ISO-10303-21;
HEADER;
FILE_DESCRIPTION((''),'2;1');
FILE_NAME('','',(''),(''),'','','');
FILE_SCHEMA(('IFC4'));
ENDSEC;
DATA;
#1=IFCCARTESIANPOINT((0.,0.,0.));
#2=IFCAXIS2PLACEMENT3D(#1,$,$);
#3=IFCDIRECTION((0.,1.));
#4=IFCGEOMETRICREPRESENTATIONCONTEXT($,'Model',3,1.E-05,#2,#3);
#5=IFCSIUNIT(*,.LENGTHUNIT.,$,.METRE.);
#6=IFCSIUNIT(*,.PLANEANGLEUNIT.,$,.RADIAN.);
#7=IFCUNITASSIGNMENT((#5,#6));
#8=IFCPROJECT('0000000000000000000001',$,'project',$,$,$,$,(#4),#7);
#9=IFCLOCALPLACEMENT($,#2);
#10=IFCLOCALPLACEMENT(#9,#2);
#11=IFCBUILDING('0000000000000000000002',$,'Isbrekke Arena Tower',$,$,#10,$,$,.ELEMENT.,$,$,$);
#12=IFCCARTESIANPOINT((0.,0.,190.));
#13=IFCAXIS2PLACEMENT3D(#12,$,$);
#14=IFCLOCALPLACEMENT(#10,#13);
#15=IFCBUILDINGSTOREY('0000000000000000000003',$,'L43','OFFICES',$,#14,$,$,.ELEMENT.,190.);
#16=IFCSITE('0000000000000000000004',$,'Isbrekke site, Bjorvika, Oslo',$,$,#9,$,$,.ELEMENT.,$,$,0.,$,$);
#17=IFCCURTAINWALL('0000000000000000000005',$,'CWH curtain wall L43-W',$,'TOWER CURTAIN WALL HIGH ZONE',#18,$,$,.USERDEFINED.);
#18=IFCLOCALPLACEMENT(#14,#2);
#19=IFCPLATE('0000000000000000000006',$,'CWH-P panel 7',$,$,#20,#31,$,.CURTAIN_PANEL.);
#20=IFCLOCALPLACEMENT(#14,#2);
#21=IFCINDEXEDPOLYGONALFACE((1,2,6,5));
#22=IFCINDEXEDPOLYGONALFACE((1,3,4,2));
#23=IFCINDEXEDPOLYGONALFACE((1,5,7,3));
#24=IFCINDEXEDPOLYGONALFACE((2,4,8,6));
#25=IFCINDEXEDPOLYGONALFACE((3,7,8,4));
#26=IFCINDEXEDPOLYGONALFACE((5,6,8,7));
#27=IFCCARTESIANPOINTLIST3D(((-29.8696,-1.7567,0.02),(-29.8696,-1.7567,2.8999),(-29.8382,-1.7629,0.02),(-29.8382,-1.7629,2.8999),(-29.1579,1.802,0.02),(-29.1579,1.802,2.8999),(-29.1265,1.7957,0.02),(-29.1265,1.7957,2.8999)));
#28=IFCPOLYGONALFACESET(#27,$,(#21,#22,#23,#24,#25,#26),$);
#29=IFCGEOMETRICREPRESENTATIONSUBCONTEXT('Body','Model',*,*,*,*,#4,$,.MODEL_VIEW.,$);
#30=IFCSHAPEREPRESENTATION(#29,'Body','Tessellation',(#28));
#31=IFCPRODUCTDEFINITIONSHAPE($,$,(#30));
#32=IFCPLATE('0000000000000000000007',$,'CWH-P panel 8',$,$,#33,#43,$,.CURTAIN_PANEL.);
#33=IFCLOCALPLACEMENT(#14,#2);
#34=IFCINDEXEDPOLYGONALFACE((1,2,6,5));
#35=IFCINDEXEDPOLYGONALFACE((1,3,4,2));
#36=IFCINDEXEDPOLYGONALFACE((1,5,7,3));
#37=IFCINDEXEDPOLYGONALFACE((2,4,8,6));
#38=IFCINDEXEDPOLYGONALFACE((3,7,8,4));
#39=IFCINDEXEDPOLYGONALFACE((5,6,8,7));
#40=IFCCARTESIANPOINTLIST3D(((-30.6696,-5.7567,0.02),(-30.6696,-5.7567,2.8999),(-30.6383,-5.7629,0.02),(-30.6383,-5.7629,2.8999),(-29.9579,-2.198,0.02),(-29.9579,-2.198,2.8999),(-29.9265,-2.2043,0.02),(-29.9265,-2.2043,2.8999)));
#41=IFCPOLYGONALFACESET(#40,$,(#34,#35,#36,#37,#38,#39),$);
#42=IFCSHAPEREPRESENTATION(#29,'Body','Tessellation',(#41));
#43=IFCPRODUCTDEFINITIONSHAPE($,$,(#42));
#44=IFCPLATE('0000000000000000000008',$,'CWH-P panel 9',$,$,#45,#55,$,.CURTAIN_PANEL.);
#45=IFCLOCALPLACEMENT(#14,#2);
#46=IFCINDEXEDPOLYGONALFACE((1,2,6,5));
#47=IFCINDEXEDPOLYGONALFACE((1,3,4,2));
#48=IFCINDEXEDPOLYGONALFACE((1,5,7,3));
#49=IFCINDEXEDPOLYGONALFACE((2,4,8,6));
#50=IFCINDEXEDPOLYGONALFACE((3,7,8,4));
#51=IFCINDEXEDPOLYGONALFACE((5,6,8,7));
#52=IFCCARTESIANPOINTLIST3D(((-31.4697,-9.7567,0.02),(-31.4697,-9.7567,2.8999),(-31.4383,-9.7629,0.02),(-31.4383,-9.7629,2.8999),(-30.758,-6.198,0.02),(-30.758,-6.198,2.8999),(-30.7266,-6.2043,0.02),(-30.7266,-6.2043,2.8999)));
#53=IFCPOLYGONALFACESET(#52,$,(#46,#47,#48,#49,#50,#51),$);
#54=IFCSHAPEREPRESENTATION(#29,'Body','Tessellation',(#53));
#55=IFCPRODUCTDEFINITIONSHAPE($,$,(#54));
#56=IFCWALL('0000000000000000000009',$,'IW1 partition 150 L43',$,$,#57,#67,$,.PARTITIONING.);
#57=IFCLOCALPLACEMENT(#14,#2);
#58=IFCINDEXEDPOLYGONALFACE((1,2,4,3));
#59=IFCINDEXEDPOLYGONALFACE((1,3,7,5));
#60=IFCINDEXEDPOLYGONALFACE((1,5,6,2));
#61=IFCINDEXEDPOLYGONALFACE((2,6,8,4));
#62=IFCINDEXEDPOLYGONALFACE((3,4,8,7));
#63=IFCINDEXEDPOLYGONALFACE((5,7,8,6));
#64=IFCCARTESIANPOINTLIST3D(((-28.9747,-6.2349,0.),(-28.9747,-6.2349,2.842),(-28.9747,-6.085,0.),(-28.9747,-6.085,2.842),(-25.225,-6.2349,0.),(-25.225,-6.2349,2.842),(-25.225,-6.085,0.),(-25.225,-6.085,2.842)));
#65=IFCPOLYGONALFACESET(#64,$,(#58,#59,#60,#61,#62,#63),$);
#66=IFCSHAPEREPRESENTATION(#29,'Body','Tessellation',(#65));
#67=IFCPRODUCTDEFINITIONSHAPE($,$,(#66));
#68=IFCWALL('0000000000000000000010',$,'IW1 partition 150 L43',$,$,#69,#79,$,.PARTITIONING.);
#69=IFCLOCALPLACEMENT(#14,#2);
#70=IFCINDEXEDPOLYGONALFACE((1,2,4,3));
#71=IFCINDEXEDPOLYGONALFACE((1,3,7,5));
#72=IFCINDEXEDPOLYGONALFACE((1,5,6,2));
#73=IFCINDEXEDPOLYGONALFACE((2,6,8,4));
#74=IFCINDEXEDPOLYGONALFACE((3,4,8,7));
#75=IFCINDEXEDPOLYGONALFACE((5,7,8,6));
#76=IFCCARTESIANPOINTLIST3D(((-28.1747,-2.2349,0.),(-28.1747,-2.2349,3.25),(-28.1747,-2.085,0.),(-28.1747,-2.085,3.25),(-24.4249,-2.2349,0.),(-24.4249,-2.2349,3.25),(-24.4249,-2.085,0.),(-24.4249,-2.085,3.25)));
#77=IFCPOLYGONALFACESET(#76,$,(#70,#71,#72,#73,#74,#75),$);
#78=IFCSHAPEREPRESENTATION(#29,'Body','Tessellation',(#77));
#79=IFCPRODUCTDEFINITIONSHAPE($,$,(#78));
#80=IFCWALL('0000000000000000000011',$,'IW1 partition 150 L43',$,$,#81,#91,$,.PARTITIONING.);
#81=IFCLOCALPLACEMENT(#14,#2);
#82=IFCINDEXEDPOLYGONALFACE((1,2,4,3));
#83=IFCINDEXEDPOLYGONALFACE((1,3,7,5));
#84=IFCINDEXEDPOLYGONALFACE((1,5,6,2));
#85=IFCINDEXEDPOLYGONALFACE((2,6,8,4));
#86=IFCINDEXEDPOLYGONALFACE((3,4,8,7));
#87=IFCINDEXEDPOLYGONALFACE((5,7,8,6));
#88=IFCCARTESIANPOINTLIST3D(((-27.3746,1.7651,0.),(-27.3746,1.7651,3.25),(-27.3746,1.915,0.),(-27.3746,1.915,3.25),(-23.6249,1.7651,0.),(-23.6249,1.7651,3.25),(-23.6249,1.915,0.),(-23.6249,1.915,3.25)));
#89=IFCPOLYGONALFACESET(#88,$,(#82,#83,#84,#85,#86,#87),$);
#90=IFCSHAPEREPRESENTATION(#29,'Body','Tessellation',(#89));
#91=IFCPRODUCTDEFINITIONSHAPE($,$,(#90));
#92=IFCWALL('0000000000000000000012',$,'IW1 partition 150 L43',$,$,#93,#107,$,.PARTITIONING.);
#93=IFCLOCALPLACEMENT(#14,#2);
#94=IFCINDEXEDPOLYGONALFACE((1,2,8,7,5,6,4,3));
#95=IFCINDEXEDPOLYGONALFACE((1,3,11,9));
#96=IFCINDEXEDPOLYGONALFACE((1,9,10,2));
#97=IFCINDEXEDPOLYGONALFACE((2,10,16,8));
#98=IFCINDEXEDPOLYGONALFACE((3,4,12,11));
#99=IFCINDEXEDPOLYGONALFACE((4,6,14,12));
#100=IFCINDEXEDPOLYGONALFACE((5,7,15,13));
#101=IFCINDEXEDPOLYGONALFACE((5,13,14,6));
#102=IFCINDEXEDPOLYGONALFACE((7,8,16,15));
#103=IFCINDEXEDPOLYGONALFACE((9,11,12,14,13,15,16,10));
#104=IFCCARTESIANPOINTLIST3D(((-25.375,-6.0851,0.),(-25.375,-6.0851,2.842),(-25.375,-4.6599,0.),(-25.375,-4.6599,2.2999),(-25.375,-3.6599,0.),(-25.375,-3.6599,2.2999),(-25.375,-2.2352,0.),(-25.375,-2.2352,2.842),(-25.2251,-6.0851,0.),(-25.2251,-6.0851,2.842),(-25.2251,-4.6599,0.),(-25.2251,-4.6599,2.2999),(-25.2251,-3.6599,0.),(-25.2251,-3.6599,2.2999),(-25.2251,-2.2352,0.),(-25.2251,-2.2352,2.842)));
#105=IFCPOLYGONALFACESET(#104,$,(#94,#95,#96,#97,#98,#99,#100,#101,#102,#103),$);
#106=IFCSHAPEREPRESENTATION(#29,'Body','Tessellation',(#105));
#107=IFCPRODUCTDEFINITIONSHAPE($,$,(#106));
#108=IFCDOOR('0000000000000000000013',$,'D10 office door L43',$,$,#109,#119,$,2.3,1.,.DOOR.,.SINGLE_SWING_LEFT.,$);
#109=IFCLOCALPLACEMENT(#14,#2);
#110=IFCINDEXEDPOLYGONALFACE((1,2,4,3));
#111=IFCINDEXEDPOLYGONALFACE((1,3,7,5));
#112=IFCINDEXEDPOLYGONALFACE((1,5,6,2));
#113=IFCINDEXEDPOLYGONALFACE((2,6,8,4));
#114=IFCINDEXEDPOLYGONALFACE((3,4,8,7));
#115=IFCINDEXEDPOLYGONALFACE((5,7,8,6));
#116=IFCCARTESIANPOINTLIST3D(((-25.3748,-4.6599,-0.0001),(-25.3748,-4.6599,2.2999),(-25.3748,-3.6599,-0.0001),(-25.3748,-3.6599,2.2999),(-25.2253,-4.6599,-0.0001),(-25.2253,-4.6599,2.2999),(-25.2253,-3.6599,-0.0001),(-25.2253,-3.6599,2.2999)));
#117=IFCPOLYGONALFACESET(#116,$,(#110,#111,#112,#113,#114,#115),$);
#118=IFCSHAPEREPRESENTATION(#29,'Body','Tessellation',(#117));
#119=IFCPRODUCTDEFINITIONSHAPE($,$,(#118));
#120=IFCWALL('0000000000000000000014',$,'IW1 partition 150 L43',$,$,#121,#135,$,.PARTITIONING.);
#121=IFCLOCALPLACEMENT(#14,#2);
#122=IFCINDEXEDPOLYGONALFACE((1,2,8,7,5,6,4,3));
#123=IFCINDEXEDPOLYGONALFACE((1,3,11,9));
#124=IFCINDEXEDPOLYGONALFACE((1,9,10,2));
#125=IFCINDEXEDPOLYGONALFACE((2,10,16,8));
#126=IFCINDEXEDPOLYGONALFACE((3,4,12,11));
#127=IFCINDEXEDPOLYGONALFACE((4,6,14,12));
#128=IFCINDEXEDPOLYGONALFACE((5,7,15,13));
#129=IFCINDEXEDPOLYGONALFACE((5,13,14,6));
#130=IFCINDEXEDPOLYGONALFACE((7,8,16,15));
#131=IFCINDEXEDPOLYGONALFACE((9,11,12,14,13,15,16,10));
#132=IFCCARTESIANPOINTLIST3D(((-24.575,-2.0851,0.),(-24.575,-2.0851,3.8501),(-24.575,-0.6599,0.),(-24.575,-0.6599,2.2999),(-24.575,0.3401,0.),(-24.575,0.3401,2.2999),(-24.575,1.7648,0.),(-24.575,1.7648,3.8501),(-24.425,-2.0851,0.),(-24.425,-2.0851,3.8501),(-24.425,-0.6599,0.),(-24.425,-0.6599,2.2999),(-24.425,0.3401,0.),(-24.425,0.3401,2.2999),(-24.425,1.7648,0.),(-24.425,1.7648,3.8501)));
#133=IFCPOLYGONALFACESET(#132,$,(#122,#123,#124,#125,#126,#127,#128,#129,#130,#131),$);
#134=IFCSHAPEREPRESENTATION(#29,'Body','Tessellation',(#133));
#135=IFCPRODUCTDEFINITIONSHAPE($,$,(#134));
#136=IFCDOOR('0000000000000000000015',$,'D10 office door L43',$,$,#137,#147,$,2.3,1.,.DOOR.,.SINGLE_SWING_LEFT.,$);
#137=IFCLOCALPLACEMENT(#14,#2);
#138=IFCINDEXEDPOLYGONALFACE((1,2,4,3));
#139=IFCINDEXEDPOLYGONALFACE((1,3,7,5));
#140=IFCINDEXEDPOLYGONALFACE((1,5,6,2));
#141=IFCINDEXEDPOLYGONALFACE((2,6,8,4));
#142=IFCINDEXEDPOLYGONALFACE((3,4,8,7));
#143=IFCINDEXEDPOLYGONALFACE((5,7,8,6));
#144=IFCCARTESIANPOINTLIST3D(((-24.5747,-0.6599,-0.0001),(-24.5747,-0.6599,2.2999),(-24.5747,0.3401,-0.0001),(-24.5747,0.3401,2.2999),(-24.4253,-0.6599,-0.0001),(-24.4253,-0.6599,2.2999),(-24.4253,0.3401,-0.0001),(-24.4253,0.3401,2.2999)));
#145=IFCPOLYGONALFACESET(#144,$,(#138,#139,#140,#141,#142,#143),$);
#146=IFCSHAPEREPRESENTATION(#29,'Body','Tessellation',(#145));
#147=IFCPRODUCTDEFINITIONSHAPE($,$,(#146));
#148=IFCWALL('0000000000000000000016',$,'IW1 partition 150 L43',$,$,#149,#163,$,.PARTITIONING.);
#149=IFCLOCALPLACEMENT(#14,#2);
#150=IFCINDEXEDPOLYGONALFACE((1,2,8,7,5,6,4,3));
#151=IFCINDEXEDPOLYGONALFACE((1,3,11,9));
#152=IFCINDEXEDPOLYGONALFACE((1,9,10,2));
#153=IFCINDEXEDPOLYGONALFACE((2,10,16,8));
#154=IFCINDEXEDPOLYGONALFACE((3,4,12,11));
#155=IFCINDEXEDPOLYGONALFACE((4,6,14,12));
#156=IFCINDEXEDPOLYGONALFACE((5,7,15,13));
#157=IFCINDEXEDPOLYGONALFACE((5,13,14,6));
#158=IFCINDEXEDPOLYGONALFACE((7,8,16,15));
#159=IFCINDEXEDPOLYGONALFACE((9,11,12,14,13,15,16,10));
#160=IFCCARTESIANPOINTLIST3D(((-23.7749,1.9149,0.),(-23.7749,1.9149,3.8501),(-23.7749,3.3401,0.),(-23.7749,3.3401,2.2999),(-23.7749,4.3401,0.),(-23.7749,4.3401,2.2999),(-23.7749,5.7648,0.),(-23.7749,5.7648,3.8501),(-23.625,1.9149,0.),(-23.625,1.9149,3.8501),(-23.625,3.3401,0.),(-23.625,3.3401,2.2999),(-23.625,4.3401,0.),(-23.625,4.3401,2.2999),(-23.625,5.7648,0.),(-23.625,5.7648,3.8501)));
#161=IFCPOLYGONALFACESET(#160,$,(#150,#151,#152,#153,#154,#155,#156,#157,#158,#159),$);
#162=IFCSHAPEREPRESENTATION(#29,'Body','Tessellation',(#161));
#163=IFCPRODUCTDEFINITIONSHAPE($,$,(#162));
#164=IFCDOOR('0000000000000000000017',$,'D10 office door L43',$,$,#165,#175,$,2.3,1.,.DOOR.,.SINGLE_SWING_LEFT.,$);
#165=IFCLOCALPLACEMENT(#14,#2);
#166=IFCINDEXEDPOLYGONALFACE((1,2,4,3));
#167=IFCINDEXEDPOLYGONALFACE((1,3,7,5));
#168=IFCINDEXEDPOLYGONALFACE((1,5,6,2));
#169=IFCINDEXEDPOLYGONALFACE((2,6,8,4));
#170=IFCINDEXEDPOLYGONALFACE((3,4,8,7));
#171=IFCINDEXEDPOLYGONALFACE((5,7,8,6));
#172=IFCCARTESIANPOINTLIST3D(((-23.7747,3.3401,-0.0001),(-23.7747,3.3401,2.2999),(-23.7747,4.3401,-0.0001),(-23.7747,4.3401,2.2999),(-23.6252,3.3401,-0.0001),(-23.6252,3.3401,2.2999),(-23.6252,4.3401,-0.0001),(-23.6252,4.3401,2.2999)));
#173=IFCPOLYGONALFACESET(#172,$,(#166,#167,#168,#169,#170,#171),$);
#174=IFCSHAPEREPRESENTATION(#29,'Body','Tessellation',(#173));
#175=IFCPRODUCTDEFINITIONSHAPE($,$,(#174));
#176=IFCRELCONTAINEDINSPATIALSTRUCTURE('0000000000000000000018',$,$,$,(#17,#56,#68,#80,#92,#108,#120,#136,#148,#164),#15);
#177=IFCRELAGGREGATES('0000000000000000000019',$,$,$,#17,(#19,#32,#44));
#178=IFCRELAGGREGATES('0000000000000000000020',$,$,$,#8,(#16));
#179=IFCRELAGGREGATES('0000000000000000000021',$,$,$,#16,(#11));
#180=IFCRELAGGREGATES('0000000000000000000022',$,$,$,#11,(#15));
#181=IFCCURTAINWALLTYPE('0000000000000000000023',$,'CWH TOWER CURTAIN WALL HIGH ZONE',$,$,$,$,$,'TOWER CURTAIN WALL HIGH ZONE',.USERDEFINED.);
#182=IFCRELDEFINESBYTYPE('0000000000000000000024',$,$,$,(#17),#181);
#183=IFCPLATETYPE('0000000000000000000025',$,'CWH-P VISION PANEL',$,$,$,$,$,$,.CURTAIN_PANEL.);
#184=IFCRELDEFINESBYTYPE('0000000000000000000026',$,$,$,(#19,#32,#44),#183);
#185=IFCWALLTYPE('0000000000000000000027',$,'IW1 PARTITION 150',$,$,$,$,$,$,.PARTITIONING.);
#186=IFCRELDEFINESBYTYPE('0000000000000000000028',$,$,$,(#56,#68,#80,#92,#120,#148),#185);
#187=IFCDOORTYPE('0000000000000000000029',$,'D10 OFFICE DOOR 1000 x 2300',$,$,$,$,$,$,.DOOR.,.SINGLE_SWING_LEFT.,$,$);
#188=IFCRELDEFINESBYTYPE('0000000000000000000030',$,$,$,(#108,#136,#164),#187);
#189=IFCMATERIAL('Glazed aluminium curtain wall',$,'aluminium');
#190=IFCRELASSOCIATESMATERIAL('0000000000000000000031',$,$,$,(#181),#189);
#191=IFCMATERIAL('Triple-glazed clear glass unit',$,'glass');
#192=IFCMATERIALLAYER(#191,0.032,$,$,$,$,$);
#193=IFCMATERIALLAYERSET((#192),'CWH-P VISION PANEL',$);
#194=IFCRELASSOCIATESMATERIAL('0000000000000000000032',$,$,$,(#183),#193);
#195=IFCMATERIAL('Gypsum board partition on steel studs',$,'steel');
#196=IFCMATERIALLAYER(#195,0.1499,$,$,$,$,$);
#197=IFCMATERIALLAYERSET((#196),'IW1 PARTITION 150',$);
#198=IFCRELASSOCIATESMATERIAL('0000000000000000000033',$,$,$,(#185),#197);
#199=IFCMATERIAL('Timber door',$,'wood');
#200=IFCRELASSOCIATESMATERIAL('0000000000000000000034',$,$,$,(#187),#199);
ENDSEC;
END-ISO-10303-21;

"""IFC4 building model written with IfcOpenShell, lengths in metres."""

from ifc_helpers import new_model, si_unit, direction, frame, frame_2d, origin, origin_2d, place, context, subcontext, project, spatial, rectangle, extrude, material, layer, layer_set, type_object, element, fill, aggregate, save


model = new_model("IFC4")

# Units and contexts
model_context = context("Model", 3, precision=1e-05, world=origin(), true_north=direction((0.0, 1.0)))
body_context = subcontext(model_context, "Body", "Model", "MODEL_VIEW")
ifc_project = project(units=[si_unit("LENGTHUNIT", "METRE"), si_unit("PLANEANGLEUNIT", "RADIAN")], contexts=[model_context])

# Site, building, storey
site_placement = place(None, origin())
site = spatial("IfcSite", under=ifc_project, at=site_placement, Name="Isbrekke site, Bjorvika, Oslo", CompositionType="ELEMENT", RefElevation=0.0)
building_placement = place(site_placement, origin())
building = spatial("IfcBuilding", under=site, at=building_placement, Name="Isbrekke Arena Tower", CompositionType="ELEMENT")
storey_placement = place(building_placement, frame((0.0, 0.0, 190.0)))
storey = spatial("IfcBuildingStorey", under=building, at=storey_placement, Name="L43", Description="OFFICES", CompositionType="ELEMENT", Elevation=190.0)

# Curtain wall
ifc_material_1 = material(Name="Glazed aluminium curtain wall", Category="aluminium")
curtain_wall_type = type_object("IfcCurtainWallType", Name="CWH TOWER CURTAIN WALL HIGH ZONE", ElementType="TOWER CURTAIN WALL HIGH ZONE", PredefinedType="USERDEFINED", material=ifc_material_1)
curtain_wall_placement = place(storey_placement, origin())
curtain_wall = element("IfcCurtainWall", 1, at=curtain_wall_placement, inside=storey, type_object=curtain_wall_type, Name="CWH curtain wall L43-W", ObjectType="TOWER CURTAIN WALL HIGH ZONE", PredefinedType="USERDEFINED")

# Plates
ifc_material_2 = material(Name="Triple-glazed clear glass unit", Category="glass")
ifc_layer_1 = layer(ifc_material_2, 0.032)
ifc_layer_set_1 = layer_set([ifc_layer_1], Name="CWH-P VISION PANEL")
plate_type = type_object("IfcPlateType", Name="CWH-P VISION PANEL", PredefinedType="CURTAIN_PANEL", material=ifc_layer_set_1)
plate_1_placement = place(storey_placement, frame((-29.498, 0.0195, 0.02), z_axis=(0.0, 0.0, 1.0), x_axis=(-0.196116, -0.980581, 0.0)))
plate_1 = element("IfcPlate", 2, at=plate_1_placement, type_object=plate_type, Name="CWH-P panel 7", PredefinedType="CURTAIN_PANEL", context=body_context, shape_type="SweptSolid", body=[
    extrude(rectangle(XDim=3.6292, YDim=0.032, at=origin_2d()), origin(), (0.0, 0.0, 1.0), 2.8799),
])
plate_2_placement = place(storey_placement, frame((-30.2981, -3.9805, 0.02), z_axis=(0.0, 0.0, 1.0), x_axis=(-0.196116, -0.980581, 0.0)))
plate_2 = element("IfcPlate", 3, at=plate_2_placement, type_object=plate_type, Name="CWH-P panel 8", PredefinedType="CURTAIN_PANEL", context=body_context, shape_type="SweptSolid", body=[
    extrude(rectangle(XDim=3.6292, YDim=0.032, at=origin_2d()), origin(), (0.0, 0.0, 1.0), 2.8799),
])
plate_3_placement = place(storey_placement, frame((-31.0981, -7.9805, 0.02), z_axis=(0.0, 0.0, 1.0), x_axis=(-0.196116, -0.980581, 0.0)))
plate_3 = element("IfcPlate", 4, at=plate_3_placement, type_object=plate_type, Name="CWH-P panel 9", PredefinedType="CURTAIN_PANEL", context=body_context, shape_type="SweptSolid", body=[
    extrude(rectangle(XDim=3.6292, YDim=0.032, at=origin_2d()), origin(), (0.0, 0.0, 1.0), 2.8799),
])
aggregate(curtain_wall, [plate_1, plate_2, plate_3])

# Walls
ifc_material_3 = material(Name="Gypsum board partition on steel studs", Category="steel")
ifc_layer_2 = layer(ifc_material_3, 0.1499)
ifc_layer_set_2 = layer_set([ifc_layer_2], Name="IW1 PARTITION 150")
wall_type = type_object("IfcWallType", Name="IW1 PARTITION 150", PredefinedType="PARTITIONING", material=ifc_layer_set_2)
wall_1_placement = place(storey_placement, frame((-28.9749, -6.1599, 0.0), z_axis=(0.0, 0.0, 1.0), x_axis=(1.0, 0.0, 0.0)))
element("IfcWall", 5, at=wall_1_placement, inside=storey, type_object=wall_type, Name="IW1 partition 150 L43", PredefinedType="PARTITIONING", context=body_context, shape_type="SweptSolid", body=[
    extrude(rectangle(XDim=3.7498, YDim=0.1499, at=frame_2d((1.875, 0.0))), origin(), (0.0, 0.0, 1.0), 2.842),
])
for number, where, z_axis, x_axis, name in (
    (6, (-28.1748, -2.1599, 0.0), (0.0, 0.0, 1.0), (1.0, 0.0, 0.0), "IW1 partition 150 L43"),
    (7, (-27.3748, 1.8401, 0.0), (0.0, 0.0, 1.0), (1.0, 0.0, 0.0), "IW1 partition 150 L43"),
):
    element("IfcWall", number, at=place(storey_placement, frame(where, z_axis=z_axis, x_axis=x_axis)), inside=storey, type_object=wall_type, Name=name, PredefinedType="PARTITIONING", context=body_context, shape_type="SweptSolid", body=[
        extrude(rectangle(XDim=3.7498, YDim=0.1499, at=frame_2d((1.875, 0.0))), origin(), (0.0, 0.0, 1.0), 3.25),
    ])

# Walls, openings, doors
wall_2_placement = place(storey_placement, frame((-25.3, -6.085, 0.0), z_axis=(0.0, 0.0, 1.0), x_axis=(0.0, 1.0, 0.0)))
wall_2 = element("IfcWall", 8, at=wall_2_placement, inside=storey, type_object=wall_type, Name="IW1 partition 150 L43", PredefinedType="PARTITIONING", context=body_context, shape_type="SweptSolid", body=[
    extrude(rectangle(XDim=3.8499, YDim=0.1499, at=frame_2d((1.9248, 0.0))), origin(), (0.0, 0.0, 1.0), 2.842),
])
opening_1_placement = place(wall_2_placement, frame((1.425, 0.0, 0.0)))
opening_1 = element("IfcOpeningElement", 9, at=opening_1_placement, cuts=wall_2, PredefinedType="OPENING", context=body_context, shape_type="SweptSolid", body=[
    extrude(rectangle(XDim=1.0, YDim=2.3, at=frame_2d((0.5, 1.1499))), frame((0.0, 0.0898, 0.0), z_axis=(0.0, -1.0, 0.0), x_axis=(1.0, 0.0, 0.0)), (0.0, 0.0, 1.0), 0.1797),
])
ifc_material_4 = material(Name="Timber door", Category="wood")
door_type = type_object("IfcDoorType", Name="D10 OFFICE DOOR 1000 x 2300", OperationType="SINGLE_SWING_LEFT", PredefinedType="DOOR", material=ifc_material_4)
door_1_placement = place(opening_1_placement, origin())
door_1 = element("IfcDoor", 10, at=door_1_placement, inside=storey, type_object=door_type, Name="D10 office door L43", OperationType="SINGLE_SWING_LEFT", OverallHeight=2.3, OverallWidth=1.0, PredefinedType="DOOR", context=body_context, shape_type="SweptSolid", body=[
    extrude(rectangle(XDim=1.0, YDim=2.3, at=frame_2d((0.5, 1.1499))), frame((0.0, 0.0747, 0.0), z_axis=(0.0, -1.0, 0.0), x_axis=(1.0, 0.0, 0.0)), (0.0, 0.0, 1.0), 0.1494),
])
fill(opening_1, door_1)
wall_3_placement = place(storey_placement, frame((-24.5, -2.085, 0.0), z_axis=(0.0, 0.0, 1.0), x_axis=(0.0, 1.0, 0.0)))
wall_3 = element("IfcWall", 11, at=wall_3_placement, inside=storey, type_object=wall_type, Name="IW1 partition 150 L43", PredefinedType="PARTITIONING", context=body_context, shape_type="SweptSolid", body=[
    extrude(rectangle(XDim=3.8499, YDim=0.1499, at=frame_2d((1.9248, 0.0))), origin(), (0.0, 0.0, 1.0), 3.8501),
])
opening_2_placement = place(wall_3_placement, frame((1.425, 0.0, 0.0)))
opening_2 = element("IfcOpeningElement", 12, at=opening_2_placement, cuts=wall_3, PredefinedType="OPENING", context=body_context, shape_type="SweptSolid", body=[
    extrude(rectangle(XDim=1.0, YDim=2.3, at=frame_2d((0.5, 1.1499))), frame((0.0, 0.0898, 0.0), z_axis=(0.0, -1.0, 0.0), x_axis=(1.0, 0.0, 0.0)), (0.0, 0.0, 1.0), 0.1797),
])
door_2_placement = place(opening_2_placement, origin())
door_2 = element("IfcDoor", 13, at=door_2_placement, inside=storey, type_object=door_type, Name="D10 office door L43", OperationType="SINGLE_SWING_LEFT", OverallHeight=2.3, OverallWidth=1.0, PredefinedType="DOOR", context=body_context, shape_type="SweptSolid", body=[
    extrude(rectangle(XDim=1.0, YDim=2.3, at=frame_2d((0.5, 1.1499))), frame((0.0, 0.0747, 0.0), z_axis=(0.0, -1.0, 0.0), x_axis=(1.0, 0.0, 0.0)), (0.0, 0.0, 1.0), 0.1494),
])
fill(opening_2, door_2)
wall_4_placement = place(storey_placement, frame((-23.7, 1.915, 0.0), z_axis=(0.0, 0.0, 1.0), x_axis=(0.0, 1.0, 0.0)))
wall_4 = element("IfcWall", 14, at=wall_4_placement, inside=storey, type_object=wall_type, Name="IW1 partition 150 L43", PredefinedType="PARTITIONING", context=body_context, shape_type="SweptSolid", body=[
    extrude(rectangle(XDim=3.8499, YDim=0.1499, at=frame_2d((1.9248, 0.0))), origin(), (0.0, 0.0, 1.0), 3.8501),
])
opening_3_placement = place(wall_4_placement, frame((1.425, 0.0, 0.0)))
opening_3 = element("IfcOpeningElement", 15, at=opening_3_placement, cuts=wall_4, PredefinedType="OPENING", context=body_context, shape_type="SweptSolid", body=[
    extrude(rectangle(XDim=1.0, YDim=2.3, at=frame_2d((0.5, 1.1499))), frame((0.0, 0.0898, 0.0), z_axis=(0.0, -1.0, 0.0), x_axis=(1.0, 0.0, 0.0)), (0.0, 0.0, 1.0), 0.1797),
])
door_3_placement = place(opening_3_placement, origin())
door_3 = element("IfcDoor", 16, at=door_3_placement, inside=storey, type_object=door_type, Name="D10 office door L43", OperationType="SINGLE_SWING_LEFT", OverallHeight=2.3, OverallWidth=1.0, PredefinedType="DOOR", context=body_context, shape_type="SweptSolid", body=[
    extrude(rectangle(XDim=1.0, YDim=2.3, at=frame_2d((0.5, 1.1499))), frame((0.0, 0.0747, 0.0), z_axis=(0.0, -1.0, 0.0), x_axis=(1.0, 0.0, 0.0)), (0.0, 0.0, 1.0), 0.1494),
])
fill(opening_3, door_3)

save(model, "model.ifc")
